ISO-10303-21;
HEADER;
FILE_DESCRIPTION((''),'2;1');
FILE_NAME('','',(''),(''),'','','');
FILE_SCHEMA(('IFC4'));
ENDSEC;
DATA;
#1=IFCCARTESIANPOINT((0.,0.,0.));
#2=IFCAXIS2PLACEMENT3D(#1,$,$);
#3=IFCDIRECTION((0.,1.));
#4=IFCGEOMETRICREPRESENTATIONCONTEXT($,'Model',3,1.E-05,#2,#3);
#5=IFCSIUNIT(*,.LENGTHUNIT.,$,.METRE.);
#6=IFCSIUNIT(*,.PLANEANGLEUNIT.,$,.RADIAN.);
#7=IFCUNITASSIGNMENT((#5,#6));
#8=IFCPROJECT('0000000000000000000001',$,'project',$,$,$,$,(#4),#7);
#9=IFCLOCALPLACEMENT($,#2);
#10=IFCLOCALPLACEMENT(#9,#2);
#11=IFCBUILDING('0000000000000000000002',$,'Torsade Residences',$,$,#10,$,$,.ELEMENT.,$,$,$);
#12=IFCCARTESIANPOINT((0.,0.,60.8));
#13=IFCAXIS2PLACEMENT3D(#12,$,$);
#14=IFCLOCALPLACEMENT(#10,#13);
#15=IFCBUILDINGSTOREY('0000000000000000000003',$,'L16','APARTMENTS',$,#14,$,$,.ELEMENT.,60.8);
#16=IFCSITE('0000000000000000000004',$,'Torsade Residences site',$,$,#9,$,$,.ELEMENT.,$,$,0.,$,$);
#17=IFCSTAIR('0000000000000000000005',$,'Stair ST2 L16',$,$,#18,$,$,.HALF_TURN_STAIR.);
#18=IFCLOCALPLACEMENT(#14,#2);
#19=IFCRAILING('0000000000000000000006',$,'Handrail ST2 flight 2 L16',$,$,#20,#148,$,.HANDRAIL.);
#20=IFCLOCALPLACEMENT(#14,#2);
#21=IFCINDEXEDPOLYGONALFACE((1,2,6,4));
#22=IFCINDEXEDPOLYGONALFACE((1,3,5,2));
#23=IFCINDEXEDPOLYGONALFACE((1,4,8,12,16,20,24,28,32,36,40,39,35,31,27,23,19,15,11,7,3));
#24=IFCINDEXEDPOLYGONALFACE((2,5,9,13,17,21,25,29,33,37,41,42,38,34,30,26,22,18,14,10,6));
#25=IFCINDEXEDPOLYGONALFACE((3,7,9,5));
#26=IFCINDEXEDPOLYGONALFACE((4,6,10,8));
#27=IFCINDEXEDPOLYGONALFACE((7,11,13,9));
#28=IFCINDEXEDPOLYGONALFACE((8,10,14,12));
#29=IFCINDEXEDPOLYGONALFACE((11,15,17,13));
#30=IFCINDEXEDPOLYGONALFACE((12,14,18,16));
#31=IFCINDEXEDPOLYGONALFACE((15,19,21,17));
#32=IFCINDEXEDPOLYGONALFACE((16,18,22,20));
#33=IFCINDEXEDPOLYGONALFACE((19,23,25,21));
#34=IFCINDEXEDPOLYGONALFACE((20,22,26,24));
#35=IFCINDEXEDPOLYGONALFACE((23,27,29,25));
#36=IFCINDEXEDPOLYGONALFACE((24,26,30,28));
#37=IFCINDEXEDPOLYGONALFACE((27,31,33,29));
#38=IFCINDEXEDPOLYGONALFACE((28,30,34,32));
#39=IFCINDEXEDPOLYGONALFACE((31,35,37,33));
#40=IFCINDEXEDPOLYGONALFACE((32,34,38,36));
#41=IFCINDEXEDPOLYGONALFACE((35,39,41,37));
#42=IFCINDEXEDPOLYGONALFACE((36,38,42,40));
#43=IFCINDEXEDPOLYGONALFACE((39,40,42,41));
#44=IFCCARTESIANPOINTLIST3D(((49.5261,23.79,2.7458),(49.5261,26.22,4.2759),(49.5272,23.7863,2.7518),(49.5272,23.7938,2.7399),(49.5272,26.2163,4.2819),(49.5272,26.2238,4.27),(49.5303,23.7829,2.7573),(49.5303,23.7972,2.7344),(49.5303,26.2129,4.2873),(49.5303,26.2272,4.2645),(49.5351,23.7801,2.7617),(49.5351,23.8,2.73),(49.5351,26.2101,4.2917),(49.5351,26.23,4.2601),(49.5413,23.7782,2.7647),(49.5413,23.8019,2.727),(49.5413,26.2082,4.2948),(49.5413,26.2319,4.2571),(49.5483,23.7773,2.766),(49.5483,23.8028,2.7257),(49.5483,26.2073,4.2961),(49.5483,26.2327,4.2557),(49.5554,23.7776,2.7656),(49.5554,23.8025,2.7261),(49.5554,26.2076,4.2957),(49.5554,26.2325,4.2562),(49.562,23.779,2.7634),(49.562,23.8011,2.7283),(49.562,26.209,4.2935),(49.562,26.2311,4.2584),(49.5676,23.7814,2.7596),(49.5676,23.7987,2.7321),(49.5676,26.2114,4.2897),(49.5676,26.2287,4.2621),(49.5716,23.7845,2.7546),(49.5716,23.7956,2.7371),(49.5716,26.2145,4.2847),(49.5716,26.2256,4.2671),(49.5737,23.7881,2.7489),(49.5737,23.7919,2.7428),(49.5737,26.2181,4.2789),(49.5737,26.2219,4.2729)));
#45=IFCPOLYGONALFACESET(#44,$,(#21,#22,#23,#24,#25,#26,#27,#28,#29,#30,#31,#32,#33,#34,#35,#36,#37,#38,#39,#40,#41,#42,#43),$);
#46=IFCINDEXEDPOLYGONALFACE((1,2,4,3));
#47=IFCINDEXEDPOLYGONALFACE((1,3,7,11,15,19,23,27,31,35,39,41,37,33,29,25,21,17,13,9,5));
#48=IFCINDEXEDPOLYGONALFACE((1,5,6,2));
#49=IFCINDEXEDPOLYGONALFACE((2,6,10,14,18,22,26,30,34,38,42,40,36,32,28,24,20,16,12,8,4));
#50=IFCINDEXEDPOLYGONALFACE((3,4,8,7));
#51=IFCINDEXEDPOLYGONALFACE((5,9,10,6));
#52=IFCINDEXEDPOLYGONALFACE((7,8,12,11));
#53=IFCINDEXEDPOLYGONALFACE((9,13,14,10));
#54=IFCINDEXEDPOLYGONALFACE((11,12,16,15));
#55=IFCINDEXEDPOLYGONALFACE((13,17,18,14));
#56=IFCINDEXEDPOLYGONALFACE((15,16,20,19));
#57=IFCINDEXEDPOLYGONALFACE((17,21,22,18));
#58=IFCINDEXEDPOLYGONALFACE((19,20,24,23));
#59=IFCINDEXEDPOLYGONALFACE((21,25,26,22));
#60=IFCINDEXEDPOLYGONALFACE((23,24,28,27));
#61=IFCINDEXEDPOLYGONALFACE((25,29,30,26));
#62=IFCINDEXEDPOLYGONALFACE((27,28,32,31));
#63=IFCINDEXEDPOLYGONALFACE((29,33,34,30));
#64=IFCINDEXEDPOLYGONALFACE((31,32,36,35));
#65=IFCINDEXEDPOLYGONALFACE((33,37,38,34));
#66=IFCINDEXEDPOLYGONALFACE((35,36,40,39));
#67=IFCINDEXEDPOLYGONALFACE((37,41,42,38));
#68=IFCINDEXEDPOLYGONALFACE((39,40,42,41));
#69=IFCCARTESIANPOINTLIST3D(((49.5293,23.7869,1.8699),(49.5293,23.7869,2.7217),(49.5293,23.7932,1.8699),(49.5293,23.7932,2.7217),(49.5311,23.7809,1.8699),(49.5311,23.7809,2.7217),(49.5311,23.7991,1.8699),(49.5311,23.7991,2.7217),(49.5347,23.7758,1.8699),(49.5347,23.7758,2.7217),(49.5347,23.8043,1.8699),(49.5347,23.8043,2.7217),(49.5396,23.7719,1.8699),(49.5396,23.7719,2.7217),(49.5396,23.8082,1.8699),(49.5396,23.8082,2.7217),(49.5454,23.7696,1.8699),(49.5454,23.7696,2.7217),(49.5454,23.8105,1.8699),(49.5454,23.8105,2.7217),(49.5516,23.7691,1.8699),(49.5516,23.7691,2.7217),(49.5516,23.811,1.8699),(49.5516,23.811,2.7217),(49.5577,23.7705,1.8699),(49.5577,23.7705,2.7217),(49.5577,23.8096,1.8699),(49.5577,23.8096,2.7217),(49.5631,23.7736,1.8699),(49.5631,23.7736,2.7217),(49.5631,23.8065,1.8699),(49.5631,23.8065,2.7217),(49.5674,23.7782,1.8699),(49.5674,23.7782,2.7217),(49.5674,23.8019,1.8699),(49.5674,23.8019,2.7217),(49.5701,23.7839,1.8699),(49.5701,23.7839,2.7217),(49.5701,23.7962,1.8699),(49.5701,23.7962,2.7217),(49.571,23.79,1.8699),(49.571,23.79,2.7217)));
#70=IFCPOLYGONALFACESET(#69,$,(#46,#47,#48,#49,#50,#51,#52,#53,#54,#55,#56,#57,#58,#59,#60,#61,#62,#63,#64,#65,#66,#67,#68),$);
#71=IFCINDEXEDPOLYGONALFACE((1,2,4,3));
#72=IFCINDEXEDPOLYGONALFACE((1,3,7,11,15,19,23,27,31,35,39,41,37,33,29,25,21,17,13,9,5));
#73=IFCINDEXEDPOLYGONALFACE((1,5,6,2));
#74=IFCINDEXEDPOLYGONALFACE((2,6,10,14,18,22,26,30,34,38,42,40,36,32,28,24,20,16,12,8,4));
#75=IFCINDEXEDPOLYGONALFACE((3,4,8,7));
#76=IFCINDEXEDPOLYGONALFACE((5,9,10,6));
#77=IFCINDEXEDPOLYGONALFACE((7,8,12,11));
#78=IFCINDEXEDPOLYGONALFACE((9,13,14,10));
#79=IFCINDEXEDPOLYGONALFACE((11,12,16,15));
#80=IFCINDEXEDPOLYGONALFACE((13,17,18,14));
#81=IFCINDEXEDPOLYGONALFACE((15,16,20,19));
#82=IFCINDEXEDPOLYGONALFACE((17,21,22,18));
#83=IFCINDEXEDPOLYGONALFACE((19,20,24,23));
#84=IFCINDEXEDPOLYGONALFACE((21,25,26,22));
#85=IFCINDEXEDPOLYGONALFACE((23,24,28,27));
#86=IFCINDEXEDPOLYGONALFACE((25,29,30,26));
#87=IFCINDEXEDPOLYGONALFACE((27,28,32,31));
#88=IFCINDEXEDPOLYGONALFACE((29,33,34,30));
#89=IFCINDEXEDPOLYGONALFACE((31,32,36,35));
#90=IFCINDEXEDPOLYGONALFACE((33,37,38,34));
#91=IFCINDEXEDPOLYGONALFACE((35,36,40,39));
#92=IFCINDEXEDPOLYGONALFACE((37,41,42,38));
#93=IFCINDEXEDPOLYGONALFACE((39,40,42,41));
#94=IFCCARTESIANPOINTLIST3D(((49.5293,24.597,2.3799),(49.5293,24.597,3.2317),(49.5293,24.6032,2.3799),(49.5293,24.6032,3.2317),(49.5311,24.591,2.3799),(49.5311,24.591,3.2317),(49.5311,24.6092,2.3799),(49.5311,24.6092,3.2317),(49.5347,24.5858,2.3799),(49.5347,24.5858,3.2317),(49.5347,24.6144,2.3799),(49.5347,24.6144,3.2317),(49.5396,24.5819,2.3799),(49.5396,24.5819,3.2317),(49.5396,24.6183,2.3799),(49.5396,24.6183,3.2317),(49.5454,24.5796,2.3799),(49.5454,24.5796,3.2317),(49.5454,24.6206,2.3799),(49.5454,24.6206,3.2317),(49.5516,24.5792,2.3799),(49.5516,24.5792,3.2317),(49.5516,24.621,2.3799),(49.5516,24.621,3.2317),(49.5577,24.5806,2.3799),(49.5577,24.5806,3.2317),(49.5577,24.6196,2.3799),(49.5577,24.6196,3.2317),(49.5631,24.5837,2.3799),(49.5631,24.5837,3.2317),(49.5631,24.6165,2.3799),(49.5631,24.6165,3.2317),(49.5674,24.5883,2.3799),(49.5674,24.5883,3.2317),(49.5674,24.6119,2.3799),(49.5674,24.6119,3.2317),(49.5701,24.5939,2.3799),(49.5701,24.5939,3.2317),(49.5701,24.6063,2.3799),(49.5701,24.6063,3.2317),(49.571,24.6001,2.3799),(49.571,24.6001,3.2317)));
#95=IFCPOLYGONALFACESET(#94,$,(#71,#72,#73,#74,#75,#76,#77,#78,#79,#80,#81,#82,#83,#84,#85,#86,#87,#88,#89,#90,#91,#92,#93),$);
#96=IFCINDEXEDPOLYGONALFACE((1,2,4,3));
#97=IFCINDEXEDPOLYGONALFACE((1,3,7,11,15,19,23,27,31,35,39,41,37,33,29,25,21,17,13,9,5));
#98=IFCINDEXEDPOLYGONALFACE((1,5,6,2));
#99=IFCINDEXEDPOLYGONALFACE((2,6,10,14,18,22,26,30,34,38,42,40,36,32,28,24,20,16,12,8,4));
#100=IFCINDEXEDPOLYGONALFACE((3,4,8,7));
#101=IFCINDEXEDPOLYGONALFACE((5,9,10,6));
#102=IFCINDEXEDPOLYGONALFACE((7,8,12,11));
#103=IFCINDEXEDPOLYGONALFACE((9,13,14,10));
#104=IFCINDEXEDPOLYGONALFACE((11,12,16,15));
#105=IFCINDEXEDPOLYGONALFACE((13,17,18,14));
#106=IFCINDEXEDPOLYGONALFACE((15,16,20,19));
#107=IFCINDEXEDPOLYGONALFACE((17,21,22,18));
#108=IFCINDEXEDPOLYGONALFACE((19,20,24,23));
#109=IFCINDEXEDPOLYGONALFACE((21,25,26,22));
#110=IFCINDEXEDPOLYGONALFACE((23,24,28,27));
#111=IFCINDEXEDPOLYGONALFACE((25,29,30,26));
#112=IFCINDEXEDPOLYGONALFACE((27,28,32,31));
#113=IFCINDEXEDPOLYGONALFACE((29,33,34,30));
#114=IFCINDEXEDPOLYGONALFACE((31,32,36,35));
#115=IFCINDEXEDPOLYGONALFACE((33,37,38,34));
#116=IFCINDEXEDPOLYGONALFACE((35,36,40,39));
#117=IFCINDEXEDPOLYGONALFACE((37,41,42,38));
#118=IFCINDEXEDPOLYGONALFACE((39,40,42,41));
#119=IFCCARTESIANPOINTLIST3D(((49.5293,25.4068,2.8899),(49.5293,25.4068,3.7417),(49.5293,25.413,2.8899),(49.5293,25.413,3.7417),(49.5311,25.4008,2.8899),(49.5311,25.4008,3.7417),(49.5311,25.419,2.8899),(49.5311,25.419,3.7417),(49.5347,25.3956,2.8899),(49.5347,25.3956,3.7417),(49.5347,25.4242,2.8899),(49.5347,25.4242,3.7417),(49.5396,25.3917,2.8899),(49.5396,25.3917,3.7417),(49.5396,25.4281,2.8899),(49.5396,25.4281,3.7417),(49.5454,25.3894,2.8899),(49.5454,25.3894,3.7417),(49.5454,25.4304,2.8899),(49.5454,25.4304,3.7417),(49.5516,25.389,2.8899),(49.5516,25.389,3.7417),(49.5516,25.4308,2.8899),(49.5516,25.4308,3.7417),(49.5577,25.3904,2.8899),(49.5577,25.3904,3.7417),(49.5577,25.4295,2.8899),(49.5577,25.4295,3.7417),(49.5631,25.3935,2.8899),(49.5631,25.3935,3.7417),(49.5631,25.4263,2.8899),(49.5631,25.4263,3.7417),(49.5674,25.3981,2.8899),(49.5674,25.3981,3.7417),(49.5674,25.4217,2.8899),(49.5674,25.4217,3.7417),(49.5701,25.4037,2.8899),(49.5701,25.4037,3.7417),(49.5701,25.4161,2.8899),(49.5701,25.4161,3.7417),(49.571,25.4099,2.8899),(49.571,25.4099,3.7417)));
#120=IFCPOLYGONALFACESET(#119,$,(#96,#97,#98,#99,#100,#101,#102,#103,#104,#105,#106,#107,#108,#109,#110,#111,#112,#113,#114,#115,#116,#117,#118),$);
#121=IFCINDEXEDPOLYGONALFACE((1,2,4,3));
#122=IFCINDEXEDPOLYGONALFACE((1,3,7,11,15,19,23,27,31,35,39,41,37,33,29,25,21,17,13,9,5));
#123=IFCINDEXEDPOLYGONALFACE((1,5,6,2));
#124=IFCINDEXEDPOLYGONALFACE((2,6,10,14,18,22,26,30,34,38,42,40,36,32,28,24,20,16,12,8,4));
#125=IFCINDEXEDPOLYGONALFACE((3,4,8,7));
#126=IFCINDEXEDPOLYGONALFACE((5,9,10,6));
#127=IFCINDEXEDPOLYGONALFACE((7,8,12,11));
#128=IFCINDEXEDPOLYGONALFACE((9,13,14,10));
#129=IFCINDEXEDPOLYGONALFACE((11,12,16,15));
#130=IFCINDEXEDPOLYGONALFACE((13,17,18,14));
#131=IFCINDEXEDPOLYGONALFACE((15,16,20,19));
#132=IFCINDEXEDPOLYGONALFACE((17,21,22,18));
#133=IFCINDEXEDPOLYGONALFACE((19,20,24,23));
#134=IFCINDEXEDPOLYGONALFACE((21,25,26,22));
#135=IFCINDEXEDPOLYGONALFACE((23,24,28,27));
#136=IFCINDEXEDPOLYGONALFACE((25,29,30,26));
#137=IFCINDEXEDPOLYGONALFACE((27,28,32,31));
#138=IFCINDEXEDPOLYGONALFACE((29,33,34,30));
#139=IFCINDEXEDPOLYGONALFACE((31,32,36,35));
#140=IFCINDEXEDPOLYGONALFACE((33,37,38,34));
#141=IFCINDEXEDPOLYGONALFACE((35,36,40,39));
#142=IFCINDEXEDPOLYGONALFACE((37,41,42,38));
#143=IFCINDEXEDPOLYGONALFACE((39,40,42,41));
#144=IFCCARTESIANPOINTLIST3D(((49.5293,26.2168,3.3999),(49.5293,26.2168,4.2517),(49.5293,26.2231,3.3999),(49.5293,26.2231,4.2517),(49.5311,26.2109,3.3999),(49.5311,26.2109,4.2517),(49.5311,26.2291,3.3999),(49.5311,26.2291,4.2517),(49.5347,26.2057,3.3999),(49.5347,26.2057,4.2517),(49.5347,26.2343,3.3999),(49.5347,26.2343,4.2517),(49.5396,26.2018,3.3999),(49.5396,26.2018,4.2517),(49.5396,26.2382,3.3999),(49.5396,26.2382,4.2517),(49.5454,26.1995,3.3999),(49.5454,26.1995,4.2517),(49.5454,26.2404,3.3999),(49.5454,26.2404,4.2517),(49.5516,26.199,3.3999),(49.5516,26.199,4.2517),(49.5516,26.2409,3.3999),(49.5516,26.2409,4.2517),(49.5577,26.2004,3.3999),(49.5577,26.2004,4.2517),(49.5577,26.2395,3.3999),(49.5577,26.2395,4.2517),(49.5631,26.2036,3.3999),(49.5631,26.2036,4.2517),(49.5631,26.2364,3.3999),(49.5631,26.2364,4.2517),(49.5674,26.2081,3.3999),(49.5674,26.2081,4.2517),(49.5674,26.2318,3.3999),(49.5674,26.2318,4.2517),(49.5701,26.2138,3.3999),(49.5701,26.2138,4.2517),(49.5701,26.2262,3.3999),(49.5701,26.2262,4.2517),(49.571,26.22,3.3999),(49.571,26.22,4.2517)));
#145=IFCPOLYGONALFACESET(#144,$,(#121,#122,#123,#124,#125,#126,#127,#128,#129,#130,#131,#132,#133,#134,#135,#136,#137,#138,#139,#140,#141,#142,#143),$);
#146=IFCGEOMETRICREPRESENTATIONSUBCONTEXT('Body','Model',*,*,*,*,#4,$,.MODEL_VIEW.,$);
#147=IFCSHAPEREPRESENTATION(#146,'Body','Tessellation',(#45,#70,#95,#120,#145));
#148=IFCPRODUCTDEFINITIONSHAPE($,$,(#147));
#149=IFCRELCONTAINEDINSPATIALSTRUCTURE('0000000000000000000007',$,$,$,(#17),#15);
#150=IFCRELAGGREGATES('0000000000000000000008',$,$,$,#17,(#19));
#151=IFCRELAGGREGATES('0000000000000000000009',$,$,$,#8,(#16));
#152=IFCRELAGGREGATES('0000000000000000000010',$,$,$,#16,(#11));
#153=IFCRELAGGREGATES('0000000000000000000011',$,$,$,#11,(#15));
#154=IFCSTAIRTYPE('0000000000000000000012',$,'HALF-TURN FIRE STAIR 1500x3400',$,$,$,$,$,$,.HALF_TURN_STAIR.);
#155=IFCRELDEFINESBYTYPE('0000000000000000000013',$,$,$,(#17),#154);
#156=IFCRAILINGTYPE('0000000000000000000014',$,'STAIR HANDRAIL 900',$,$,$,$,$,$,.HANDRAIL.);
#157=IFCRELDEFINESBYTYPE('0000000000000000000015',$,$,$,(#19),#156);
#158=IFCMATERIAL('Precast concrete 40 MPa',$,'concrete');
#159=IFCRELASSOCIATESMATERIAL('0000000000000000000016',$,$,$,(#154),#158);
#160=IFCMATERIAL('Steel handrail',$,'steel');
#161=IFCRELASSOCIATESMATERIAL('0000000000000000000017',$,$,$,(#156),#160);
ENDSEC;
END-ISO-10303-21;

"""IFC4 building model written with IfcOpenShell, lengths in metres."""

from ifc_helpers import new_model, si_unit, direction, frame, origin, origin_2d, place, context, subcontext, project, spatial, circle, extrude, material, type_object, element, aggregate, save


model = new_model("IFC4")

# Units and contexts
model_context = context("Model", 3, precision=1e-05, world=origin(), true_north=direction((0.0, 1.0)))
body_context = subcontext(model_context, "Body", "Model", "MODEL_VIEW")
ifc_project = project(units=[si_unit("LENGTHUNIT", "METRE"), si_unit("PLANEANGLEUNIT", "RADIAN")], contexts=[model_context])

# Site, building, storey
site_placement = place(None, origin())
site = spatial("IfcSite", under=ifc_project, at=site_placement, Name="Torsade Residences site", CompositionType="ELEMENT", RefElevation=0.0)
building_placement = place(site_placement, origin())
building = spatial("IfcBuilding", under=site, at=building_placement, Name="Torsade Residences", CompositionType="ELEMENT")
storey_placement = place(building_placement, frame((0.0, 0.0, 60.8)))
storey = spatial("IfcBuildingStorey", under=building, at=storey_placement, Name="L16", Description="APARTMENTS", CompositionType="ELEMENT", Elevation=60.8)

# Stair, railing
ifc_material_1 = material(Name="Precast concrete 40 MPa", Category="concrete")
stair_type = type_object("IfcStairType", Name="HALF-TURN FIRE STAIR 1500x3400", PredefinedType="HALF_TURN_STAIR", material=ifc_material_1)
stair_placement = place(storey_placement, origin())
stair = element("IfcStair", 1, at=stair_placement, inside=storey, type_object=stair_type, Name="Stair ST2 L16", PredefinedType="HALF_TURN_STAIR")
ifc_material_2 = material(Name="Steel handrail", Category="steel")
railing_type = type_object("IfcRailingType", Name="STAIR HANDRAIL 900", PredefinedType="HANDRAIL", material=ifc_material_2)
railing_1_placement = place(storey_placement, frame((49.55, 23.79, 1.8699)))
railing_1 = element("IfcRailing", 2, at=railing_1_placement, type_object=railing_type, Name="Handrail ST2 flight 2 L16", PredefinedType="HANDRAIL", context=body_context, shape_type="SweptSolid", body=[
    extrude(circle(Radius=0.0239, at=origin_2d()), frame((0.0, 0.0, 0.876), z_axis=(0.0, 0.846221, 0.532831), x_axis=(-1.0, 0.0, 0.0)), (0.0, 0.0, 1.0), 2.8716),
    extrude(circle(Radius=0.021, at=origin_2d()), origin(), (0.0, 0.0, 1.0), 0.8518),
    extrude(circle(Radius=0.021, at=origin_2d()), frame((0.0, 0.8101, 0.51)), (0.0, 0.0, 1.0), 0.8518),
    extrude(circle(Radius=0.021, at=origin_2d()), frame((0.0, 1.6199, 1.02)), (0.0, 0.0, 1.0), 0.8518),
    extrude(circle(Radius=0.021, at=origin_2d()), frame((0.0, 2.4299, 1.53)), (0.0, 0.0, 1.0), 0.8518),
])
aggregate(stair, [railing_1])

save(model, "model.ifc")
